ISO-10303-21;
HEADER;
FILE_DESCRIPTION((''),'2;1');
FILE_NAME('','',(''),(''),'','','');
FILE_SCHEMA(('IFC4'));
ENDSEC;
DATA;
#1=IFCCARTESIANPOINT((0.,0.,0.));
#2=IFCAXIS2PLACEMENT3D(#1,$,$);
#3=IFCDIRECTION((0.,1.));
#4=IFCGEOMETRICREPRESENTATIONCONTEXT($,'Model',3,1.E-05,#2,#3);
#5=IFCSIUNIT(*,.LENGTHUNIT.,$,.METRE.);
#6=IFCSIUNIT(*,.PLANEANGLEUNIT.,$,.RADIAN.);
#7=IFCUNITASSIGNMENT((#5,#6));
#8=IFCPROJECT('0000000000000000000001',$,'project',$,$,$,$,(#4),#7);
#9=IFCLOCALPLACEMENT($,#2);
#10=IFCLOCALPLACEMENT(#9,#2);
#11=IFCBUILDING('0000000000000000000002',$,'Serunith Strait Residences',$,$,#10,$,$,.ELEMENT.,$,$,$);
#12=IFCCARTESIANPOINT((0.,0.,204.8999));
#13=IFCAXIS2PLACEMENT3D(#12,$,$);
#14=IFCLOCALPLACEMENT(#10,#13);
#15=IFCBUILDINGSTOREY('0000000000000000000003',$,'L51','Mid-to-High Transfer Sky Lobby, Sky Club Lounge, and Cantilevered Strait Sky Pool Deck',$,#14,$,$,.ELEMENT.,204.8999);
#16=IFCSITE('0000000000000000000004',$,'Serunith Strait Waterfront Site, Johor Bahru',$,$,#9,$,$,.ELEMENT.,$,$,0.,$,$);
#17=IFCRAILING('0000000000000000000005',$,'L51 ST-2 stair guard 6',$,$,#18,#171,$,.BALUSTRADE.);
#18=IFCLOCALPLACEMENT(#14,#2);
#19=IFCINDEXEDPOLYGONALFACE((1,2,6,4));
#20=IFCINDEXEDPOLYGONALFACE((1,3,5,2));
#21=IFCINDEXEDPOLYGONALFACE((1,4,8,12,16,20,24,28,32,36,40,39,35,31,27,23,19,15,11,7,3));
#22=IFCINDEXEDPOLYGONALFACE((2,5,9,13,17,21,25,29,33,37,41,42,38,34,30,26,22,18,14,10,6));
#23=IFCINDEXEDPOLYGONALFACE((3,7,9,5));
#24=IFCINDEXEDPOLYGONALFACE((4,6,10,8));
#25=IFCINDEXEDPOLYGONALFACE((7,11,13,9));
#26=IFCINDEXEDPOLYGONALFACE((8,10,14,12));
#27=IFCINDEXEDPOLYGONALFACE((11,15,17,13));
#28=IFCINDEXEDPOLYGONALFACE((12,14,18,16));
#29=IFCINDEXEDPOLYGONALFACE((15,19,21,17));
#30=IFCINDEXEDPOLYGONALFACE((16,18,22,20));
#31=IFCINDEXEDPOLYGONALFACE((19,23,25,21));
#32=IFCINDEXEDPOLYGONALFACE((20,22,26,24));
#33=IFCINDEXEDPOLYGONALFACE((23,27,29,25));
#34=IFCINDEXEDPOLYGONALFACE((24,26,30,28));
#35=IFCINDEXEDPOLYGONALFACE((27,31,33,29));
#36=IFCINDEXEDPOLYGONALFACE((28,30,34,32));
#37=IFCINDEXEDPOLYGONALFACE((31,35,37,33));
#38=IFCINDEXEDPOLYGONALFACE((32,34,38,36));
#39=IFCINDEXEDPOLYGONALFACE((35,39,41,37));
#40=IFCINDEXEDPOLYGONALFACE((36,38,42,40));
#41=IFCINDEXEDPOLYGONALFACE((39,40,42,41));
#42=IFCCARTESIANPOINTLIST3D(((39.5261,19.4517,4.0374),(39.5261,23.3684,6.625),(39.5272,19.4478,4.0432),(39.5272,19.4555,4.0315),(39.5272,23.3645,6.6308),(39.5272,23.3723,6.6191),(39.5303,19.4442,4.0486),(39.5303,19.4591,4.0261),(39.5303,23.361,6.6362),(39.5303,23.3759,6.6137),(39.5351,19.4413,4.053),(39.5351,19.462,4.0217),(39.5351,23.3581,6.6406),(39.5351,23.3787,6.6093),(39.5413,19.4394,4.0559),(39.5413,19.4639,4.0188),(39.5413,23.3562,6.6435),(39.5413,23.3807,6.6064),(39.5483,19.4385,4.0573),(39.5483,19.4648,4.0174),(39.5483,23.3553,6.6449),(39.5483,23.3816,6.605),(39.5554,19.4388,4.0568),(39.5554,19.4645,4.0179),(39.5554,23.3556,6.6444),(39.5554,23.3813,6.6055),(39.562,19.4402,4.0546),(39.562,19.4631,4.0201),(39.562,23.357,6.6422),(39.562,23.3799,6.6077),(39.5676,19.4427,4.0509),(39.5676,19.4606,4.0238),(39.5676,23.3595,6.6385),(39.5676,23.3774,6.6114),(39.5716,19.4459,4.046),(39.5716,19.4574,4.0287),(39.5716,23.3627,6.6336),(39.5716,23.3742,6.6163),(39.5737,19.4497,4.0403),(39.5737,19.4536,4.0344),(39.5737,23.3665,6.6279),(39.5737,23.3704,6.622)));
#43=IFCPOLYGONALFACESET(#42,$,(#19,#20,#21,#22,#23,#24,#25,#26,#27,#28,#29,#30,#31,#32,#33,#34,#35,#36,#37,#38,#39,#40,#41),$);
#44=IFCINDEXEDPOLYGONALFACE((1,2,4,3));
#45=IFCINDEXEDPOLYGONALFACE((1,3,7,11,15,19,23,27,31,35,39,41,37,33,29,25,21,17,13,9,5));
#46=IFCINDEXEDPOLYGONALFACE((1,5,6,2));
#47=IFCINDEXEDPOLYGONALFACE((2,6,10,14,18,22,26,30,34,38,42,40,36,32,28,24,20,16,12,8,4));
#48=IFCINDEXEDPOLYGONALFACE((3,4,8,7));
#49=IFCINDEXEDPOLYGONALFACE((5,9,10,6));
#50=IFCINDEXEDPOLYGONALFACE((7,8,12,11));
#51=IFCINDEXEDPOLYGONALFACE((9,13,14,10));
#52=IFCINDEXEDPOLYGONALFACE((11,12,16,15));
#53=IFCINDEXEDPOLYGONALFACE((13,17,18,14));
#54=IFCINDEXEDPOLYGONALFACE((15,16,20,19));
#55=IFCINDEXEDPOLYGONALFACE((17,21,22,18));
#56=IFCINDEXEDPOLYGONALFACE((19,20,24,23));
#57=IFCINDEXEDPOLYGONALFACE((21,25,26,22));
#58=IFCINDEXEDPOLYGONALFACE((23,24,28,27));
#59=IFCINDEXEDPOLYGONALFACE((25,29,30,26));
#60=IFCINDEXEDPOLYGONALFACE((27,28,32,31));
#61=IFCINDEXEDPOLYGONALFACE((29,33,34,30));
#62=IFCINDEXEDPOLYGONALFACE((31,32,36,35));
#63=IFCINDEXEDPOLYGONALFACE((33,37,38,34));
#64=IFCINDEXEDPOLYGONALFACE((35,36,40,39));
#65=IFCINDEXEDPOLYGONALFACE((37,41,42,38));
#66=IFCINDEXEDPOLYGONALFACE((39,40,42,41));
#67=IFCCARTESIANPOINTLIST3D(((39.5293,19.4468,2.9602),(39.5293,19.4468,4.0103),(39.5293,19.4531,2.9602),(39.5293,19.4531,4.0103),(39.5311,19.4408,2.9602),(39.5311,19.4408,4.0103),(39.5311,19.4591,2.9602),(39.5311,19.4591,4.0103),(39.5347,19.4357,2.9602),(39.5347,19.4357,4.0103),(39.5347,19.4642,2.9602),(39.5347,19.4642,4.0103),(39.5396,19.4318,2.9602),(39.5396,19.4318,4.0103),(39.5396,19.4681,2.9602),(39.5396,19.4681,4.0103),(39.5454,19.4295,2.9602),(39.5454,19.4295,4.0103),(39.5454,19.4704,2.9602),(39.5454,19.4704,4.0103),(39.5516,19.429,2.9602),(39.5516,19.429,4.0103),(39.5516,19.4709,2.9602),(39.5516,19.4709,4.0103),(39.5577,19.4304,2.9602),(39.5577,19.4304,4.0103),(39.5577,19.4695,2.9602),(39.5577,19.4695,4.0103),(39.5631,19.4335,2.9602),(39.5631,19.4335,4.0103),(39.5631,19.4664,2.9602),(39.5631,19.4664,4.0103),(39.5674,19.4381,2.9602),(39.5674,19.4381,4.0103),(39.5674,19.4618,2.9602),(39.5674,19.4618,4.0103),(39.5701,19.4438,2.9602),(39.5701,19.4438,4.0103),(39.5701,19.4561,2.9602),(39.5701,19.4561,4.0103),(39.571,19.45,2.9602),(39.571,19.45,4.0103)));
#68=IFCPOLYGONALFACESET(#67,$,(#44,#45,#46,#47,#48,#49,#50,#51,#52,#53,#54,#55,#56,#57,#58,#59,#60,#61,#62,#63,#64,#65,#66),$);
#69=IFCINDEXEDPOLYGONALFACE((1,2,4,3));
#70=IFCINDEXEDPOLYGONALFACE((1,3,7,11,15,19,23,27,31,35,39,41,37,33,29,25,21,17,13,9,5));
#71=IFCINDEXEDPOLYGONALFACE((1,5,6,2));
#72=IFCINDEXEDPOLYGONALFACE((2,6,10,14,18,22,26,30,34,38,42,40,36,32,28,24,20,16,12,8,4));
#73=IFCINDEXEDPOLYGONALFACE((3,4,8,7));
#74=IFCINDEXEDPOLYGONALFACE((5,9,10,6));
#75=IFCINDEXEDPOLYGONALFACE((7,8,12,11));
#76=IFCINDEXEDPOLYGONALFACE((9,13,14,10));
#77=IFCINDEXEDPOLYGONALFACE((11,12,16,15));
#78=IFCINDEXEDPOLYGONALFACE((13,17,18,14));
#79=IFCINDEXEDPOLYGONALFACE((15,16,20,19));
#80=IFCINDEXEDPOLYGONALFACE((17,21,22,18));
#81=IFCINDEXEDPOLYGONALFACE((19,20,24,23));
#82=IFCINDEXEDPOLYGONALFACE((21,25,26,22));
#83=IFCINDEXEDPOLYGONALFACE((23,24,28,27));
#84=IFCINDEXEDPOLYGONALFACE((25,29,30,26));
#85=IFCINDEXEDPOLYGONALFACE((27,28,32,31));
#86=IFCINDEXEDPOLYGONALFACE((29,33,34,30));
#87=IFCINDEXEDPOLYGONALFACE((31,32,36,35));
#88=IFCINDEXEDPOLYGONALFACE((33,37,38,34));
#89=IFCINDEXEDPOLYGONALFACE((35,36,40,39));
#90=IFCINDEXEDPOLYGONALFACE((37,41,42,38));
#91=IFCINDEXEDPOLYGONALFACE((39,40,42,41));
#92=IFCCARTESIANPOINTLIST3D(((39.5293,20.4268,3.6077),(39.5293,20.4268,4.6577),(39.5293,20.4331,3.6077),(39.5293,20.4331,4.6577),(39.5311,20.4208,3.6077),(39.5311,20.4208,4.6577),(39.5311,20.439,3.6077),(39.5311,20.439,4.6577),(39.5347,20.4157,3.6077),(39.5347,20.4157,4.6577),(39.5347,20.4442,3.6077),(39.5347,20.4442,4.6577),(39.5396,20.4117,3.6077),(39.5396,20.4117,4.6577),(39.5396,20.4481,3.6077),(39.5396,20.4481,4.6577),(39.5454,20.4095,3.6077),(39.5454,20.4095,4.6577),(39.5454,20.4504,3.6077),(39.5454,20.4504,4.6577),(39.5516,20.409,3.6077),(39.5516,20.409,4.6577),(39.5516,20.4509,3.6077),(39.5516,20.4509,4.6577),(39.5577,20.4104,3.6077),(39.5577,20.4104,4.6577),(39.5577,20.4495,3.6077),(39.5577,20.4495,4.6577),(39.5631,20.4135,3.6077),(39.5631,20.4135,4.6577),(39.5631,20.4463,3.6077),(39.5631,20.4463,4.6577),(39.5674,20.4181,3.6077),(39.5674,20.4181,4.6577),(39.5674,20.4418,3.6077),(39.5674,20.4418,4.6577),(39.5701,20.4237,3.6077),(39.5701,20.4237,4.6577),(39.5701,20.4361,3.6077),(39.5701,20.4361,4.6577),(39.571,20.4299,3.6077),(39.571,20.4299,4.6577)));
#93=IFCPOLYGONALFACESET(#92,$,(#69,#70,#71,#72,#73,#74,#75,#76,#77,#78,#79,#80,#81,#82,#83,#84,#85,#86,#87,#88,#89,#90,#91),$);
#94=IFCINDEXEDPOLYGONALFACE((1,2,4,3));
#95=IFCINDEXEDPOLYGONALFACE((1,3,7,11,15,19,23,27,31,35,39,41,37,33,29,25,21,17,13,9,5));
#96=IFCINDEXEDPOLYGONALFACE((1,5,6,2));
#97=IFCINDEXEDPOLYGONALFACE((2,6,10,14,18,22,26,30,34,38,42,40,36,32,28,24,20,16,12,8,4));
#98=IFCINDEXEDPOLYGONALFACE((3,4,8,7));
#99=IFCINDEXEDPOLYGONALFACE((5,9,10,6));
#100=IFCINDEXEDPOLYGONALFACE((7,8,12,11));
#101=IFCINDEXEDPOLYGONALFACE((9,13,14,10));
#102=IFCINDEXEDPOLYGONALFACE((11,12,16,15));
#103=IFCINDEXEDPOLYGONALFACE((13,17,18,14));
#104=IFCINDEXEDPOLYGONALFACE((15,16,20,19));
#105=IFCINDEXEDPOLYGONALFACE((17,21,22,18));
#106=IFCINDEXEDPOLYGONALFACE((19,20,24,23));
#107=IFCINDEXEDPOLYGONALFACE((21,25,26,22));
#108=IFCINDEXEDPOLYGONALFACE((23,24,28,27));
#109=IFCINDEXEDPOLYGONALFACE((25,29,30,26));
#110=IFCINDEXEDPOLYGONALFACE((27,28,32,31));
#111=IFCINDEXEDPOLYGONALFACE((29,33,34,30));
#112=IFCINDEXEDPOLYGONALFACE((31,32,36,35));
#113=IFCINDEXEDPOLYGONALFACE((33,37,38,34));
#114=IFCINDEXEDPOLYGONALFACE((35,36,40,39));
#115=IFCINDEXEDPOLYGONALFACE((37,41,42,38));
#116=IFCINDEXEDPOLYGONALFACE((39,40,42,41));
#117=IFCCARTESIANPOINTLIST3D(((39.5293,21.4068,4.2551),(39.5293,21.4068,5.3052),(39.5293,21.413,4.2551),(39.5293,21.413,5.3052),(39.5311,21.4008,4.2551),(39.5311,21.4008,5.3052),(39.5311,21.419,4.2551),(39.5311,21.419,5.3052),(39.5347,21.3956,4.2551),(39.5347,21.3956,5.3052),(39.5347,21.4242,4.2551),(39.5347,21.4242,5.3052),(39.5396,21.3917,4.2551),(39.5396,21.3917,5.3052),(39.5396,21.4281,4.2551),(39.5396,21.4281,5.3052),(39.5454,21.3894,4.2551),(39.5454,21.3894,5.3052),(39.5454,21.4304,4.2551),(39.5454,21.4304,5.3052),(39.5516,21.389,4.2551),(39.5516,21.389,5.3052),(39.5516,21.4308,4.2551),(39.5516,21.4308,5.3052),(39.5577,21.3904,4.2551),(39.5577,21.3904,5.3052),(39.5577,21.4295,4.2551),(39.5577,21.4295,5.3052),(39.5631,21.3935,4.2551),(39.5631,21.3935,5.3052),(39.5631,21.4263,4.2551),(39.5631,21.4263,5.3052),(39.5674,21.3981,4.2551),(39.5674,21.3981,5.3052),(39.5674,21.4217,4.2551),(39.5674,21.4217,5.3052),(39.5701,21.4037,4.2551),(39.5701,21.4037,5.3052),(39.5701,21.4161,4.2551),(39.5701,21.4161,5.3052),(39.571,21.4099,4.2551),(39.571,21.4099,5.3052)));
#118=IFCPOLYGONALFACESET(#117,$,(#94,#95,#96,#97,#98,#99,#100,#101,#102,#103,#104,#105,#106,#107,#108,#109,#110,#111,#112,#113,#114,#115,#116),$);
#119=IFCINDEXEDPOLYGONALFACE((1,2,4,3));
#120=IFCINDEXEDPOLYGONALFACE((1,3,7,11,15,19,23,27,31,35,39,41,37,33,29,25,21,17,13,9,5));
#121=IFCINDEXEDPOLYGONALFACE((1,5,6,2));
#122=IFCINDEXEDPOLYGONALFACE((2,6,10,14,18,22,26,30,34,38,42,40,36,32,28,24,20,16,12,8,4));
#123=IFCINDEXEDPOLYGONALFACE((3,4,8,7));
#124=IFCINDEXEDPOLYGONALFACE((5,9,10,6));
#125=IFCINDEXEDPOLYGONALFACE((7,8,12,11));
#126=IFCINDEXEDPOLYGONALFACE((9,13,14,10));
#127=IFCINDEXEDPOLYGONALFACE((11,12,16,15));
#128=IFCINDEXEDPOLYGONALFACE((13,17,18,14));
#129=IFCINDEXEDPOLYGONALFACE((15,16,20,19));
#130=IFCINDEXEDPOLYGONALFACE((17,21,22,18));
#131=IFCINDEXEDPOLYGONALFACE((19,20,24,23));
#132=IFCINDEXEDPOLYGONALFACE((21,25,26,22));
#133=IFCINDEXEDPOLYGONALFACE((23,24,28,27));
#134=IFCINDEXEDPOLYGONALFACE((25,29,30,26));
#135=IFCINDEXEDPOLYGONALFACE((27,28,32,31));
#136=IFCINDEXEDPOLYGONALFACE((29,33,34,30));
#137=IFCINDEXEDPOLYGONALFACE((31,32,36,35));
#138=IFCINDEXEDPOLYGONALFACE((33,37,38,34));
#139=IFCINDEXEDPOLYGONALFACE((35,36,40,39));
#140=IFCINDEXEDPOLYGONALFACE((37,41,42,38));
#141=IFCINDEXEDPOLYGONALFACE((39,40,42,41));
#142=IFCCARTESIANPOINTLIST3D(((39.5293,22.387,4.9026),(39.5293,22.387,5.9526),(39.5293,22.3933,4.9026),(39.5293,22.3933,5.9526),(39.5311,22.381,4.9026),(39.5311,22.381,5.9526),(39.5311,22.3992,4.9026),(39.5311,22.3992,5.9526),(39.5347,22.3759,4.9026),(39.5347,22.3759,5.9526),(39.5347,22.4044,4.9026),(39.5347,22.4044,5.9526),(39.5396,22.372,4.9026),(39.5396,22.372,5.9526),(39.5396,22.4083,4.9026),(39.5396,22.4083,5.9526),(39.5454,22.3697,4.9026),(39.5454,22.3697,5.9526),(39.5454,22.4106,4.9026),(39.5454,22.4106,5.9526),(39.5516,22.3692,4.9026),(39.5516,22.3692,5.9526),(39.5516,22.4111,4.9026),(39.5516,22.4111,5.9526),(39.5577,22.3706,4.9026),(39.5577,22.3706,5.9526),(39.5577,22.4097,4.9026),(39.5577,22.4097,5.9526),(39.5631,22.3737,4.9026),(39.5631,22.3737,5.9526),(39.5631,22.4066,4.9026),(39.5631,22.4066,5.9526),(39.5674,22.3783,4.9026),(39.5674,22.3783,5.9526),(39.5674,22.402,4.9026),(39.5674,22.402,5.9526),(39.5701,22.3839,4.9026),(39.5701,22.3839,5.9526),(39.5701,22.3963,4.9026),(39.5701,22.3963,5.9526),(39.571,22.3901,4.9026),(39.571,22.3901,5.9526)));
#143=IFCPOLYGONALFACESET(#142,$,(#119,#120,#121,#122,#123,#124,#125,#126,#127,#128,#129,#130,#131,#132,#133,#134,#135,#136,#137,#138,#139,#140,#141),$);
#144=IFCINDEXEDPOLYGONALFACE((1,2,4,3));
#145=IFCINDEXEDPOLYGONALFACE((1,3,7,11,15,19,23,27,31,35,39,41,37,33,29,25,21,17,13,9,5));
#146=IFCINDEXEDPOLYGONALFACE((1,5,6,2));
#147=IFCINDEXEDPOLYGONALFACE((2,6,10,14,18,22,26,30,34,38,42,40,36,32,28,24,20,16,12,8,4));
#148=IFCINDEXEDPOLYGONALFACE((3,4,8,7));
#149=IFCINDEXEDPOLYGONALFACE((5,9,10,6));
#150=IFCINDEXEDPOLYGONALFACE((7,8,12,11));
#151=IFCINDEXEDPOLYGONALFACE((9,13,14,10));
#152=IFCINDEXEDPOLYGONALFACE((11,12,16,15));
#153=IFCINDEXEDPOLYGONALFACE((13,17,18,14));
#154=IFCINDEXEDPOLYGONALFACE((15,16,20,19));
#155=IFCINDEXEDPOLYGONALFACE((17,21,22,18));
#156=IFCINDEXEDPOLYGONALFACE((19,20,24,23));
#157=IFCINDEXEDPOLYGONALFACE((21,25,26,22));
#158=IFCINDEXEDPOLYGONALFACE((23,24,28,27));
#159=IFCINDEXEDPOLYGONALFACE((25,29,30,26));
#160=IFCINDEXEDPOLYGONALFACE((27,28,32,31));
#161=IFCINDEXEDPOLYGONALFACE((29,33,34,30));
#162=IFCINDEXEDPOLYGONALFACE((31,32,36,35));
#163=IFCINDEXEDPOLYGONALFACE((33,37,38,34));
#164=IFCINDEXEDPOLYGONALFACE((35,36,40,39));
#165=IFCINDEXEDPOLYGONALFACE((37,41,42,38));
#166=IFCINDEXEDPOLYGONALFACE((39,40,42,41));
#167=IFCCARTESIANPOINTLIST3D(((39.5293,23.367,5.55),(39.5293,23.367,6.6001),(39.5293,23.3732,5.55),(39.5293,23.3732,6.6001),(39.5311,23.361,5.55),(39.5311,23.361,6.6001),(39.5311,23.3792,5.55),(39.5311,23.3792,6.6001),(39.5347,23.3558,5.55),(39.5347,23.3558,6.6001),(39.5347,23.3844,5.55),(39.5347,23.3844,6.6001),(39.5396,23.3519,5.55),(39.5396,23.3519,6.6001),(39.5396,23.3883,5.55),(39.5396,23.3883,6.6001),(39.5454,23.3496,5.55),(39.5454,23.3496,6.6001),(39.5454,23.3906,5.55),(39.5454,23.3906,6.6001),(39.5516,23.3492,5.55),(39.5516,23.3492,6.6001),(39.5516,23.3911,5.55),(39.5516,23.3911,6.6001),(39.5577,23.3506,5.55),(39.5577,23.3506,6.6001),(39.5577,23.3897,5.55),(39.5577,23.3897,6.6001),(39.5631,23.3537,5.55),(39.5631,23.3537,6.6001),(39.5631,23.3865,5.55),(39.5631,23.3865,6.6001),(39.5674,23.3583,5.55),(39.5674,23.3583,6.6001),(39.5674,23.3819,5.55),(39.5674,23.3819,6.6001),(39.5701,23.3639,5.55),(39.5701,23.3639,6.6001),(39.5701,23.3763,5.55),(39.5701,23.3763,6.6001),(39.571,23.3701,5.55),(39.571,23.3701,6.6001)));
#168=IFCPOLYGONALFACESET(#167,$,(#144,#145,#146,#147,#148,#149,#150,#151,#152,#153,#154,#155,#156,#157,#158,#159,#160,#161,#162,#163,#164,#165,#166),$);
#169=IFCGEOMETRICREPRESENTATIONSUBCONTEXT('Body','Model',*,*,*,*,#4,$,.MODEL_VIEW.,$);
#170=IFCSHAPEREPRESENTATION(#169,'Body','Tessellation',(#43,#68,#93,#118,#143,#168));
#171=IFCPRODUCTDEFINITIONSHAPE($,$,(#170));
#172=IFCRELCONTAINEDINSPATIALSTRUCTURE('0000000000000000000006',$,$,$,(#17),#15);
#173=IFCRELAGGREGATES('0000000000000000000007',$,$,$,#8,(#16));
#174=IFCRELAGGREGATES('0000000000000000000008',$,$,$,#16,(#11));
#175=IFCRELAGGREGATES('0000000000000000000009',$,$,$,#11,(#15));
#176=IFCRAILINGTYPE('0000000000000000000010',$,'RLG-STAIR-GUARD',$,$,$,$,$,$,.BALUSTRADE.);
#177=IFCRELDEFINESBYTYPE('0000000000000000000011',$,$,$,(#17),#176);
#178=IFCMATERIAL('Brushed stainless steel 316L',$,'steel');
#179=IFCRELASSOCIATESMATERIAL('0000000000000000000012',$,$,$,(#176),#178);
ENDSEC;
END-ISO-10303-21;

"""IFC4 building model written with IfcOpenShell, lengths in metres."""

from ifc_helpers import new_model, si_unit, direction, frame, origin, origin_2d, place, context, subcontext, project, spatial, circle, extrude, material, type_object, element, save


model = new_model("IFC4")

# Units and contexts
model_context = context("Model", 3, precision=1e-05, world=origin(), true_north=direction((0.0, 1.0)))
body_context = subcontext(model_context, "Body", "Model", "MODEL_VIEW")
ifc_project = project(units=[si_unit("LENGTHUNIT", "METRE"), si_unit("PLANEANGLEUNIT", "RADIAN")], contexts=[model_context])

# Site, building, storey
site_placement = place(None, origin())
site = spatial("IfcSite", under=ifc_project, at=site_placement, Name="Serunith Strait Waterfront Site, Johor Bahru", CompositionType="ELEMENT", RefElevation=0.0)
building_placement = place(site_placement, origin())
building = spatial("IfcBuilding", under=site, at=building_placement, Name="Serunith Strait Residences", CompositionType="ELEMENT")
storey_placement = place(building_placement, frame((0.0, 0.0, 204.8999)))
storey = spatial("IfcBuildingStorey", under=building, at=storey_placement, Name="L51", Description="Mid-to-High Transfer Sky Lobby, Sky Club Lounge, and Cantilevered Strait Sky Pool Deck", CompositionType="ELEMENT", Elevation=204.8999)

# Railing
ifc_material_1 = material(Name="Brushed stainless steel 316L", Category="steel")
railing_type_1 = type_object("IfcRailingType", Name="RLG-STAIR-GUARD", PredefinedType="BALUSTRADE", material=ifc_material_1)
railing_1_placement = place(storey_placement, frame((39.55, 19.45, 2.9602)))
element("IfcRailing", 1, at=railing_1_placement, inside=storey, type_object=railing_type_1, Name="L51 ST-2 stair guard 6", PredefinedType="BALUSTRADE", context=body_context, shape_type="SweptSolid", body=[
    extrude(circle(Radius=0.0239, at=origin_2d()), frame((0.0, 0.0017, 1.0771), z_axis=(0.0, 0.834361, 0.551218), x_axis=(-1.0, 0.0, 0.0)), (0.0, 0.0, 1.0), 4.6943),
    extrude(circle(Radius=0.021, at=origin_2d()), origin(), (0.0, 0.0, 1.0), 1.05),
    extrude(circle(Radius=0.021, at=origin_2d()), frame((0.0, 0.98, 0.6475)), (0.0, 0.0, 1.0), 1.05),
    extrude(circle(Radius=0.021, at=origin_2d()), frame((0.0, 1.96, 1.2949)), (0.0, 0.0, 1.0), 1.05),
    extrude(circle(Radius=0.021, at=origin_2d()), frame((0.0, 2.9402, 1.9424)), (0.0, 0.0, 1.0), 1.05),
    extrude(circle(Radius=0.021, at=origin_2d()), frame((0.0, 3.9202, 2.5898)), (0.0, 0.0, 1.0), 1.05),
])

save(model, "model.ifc")
